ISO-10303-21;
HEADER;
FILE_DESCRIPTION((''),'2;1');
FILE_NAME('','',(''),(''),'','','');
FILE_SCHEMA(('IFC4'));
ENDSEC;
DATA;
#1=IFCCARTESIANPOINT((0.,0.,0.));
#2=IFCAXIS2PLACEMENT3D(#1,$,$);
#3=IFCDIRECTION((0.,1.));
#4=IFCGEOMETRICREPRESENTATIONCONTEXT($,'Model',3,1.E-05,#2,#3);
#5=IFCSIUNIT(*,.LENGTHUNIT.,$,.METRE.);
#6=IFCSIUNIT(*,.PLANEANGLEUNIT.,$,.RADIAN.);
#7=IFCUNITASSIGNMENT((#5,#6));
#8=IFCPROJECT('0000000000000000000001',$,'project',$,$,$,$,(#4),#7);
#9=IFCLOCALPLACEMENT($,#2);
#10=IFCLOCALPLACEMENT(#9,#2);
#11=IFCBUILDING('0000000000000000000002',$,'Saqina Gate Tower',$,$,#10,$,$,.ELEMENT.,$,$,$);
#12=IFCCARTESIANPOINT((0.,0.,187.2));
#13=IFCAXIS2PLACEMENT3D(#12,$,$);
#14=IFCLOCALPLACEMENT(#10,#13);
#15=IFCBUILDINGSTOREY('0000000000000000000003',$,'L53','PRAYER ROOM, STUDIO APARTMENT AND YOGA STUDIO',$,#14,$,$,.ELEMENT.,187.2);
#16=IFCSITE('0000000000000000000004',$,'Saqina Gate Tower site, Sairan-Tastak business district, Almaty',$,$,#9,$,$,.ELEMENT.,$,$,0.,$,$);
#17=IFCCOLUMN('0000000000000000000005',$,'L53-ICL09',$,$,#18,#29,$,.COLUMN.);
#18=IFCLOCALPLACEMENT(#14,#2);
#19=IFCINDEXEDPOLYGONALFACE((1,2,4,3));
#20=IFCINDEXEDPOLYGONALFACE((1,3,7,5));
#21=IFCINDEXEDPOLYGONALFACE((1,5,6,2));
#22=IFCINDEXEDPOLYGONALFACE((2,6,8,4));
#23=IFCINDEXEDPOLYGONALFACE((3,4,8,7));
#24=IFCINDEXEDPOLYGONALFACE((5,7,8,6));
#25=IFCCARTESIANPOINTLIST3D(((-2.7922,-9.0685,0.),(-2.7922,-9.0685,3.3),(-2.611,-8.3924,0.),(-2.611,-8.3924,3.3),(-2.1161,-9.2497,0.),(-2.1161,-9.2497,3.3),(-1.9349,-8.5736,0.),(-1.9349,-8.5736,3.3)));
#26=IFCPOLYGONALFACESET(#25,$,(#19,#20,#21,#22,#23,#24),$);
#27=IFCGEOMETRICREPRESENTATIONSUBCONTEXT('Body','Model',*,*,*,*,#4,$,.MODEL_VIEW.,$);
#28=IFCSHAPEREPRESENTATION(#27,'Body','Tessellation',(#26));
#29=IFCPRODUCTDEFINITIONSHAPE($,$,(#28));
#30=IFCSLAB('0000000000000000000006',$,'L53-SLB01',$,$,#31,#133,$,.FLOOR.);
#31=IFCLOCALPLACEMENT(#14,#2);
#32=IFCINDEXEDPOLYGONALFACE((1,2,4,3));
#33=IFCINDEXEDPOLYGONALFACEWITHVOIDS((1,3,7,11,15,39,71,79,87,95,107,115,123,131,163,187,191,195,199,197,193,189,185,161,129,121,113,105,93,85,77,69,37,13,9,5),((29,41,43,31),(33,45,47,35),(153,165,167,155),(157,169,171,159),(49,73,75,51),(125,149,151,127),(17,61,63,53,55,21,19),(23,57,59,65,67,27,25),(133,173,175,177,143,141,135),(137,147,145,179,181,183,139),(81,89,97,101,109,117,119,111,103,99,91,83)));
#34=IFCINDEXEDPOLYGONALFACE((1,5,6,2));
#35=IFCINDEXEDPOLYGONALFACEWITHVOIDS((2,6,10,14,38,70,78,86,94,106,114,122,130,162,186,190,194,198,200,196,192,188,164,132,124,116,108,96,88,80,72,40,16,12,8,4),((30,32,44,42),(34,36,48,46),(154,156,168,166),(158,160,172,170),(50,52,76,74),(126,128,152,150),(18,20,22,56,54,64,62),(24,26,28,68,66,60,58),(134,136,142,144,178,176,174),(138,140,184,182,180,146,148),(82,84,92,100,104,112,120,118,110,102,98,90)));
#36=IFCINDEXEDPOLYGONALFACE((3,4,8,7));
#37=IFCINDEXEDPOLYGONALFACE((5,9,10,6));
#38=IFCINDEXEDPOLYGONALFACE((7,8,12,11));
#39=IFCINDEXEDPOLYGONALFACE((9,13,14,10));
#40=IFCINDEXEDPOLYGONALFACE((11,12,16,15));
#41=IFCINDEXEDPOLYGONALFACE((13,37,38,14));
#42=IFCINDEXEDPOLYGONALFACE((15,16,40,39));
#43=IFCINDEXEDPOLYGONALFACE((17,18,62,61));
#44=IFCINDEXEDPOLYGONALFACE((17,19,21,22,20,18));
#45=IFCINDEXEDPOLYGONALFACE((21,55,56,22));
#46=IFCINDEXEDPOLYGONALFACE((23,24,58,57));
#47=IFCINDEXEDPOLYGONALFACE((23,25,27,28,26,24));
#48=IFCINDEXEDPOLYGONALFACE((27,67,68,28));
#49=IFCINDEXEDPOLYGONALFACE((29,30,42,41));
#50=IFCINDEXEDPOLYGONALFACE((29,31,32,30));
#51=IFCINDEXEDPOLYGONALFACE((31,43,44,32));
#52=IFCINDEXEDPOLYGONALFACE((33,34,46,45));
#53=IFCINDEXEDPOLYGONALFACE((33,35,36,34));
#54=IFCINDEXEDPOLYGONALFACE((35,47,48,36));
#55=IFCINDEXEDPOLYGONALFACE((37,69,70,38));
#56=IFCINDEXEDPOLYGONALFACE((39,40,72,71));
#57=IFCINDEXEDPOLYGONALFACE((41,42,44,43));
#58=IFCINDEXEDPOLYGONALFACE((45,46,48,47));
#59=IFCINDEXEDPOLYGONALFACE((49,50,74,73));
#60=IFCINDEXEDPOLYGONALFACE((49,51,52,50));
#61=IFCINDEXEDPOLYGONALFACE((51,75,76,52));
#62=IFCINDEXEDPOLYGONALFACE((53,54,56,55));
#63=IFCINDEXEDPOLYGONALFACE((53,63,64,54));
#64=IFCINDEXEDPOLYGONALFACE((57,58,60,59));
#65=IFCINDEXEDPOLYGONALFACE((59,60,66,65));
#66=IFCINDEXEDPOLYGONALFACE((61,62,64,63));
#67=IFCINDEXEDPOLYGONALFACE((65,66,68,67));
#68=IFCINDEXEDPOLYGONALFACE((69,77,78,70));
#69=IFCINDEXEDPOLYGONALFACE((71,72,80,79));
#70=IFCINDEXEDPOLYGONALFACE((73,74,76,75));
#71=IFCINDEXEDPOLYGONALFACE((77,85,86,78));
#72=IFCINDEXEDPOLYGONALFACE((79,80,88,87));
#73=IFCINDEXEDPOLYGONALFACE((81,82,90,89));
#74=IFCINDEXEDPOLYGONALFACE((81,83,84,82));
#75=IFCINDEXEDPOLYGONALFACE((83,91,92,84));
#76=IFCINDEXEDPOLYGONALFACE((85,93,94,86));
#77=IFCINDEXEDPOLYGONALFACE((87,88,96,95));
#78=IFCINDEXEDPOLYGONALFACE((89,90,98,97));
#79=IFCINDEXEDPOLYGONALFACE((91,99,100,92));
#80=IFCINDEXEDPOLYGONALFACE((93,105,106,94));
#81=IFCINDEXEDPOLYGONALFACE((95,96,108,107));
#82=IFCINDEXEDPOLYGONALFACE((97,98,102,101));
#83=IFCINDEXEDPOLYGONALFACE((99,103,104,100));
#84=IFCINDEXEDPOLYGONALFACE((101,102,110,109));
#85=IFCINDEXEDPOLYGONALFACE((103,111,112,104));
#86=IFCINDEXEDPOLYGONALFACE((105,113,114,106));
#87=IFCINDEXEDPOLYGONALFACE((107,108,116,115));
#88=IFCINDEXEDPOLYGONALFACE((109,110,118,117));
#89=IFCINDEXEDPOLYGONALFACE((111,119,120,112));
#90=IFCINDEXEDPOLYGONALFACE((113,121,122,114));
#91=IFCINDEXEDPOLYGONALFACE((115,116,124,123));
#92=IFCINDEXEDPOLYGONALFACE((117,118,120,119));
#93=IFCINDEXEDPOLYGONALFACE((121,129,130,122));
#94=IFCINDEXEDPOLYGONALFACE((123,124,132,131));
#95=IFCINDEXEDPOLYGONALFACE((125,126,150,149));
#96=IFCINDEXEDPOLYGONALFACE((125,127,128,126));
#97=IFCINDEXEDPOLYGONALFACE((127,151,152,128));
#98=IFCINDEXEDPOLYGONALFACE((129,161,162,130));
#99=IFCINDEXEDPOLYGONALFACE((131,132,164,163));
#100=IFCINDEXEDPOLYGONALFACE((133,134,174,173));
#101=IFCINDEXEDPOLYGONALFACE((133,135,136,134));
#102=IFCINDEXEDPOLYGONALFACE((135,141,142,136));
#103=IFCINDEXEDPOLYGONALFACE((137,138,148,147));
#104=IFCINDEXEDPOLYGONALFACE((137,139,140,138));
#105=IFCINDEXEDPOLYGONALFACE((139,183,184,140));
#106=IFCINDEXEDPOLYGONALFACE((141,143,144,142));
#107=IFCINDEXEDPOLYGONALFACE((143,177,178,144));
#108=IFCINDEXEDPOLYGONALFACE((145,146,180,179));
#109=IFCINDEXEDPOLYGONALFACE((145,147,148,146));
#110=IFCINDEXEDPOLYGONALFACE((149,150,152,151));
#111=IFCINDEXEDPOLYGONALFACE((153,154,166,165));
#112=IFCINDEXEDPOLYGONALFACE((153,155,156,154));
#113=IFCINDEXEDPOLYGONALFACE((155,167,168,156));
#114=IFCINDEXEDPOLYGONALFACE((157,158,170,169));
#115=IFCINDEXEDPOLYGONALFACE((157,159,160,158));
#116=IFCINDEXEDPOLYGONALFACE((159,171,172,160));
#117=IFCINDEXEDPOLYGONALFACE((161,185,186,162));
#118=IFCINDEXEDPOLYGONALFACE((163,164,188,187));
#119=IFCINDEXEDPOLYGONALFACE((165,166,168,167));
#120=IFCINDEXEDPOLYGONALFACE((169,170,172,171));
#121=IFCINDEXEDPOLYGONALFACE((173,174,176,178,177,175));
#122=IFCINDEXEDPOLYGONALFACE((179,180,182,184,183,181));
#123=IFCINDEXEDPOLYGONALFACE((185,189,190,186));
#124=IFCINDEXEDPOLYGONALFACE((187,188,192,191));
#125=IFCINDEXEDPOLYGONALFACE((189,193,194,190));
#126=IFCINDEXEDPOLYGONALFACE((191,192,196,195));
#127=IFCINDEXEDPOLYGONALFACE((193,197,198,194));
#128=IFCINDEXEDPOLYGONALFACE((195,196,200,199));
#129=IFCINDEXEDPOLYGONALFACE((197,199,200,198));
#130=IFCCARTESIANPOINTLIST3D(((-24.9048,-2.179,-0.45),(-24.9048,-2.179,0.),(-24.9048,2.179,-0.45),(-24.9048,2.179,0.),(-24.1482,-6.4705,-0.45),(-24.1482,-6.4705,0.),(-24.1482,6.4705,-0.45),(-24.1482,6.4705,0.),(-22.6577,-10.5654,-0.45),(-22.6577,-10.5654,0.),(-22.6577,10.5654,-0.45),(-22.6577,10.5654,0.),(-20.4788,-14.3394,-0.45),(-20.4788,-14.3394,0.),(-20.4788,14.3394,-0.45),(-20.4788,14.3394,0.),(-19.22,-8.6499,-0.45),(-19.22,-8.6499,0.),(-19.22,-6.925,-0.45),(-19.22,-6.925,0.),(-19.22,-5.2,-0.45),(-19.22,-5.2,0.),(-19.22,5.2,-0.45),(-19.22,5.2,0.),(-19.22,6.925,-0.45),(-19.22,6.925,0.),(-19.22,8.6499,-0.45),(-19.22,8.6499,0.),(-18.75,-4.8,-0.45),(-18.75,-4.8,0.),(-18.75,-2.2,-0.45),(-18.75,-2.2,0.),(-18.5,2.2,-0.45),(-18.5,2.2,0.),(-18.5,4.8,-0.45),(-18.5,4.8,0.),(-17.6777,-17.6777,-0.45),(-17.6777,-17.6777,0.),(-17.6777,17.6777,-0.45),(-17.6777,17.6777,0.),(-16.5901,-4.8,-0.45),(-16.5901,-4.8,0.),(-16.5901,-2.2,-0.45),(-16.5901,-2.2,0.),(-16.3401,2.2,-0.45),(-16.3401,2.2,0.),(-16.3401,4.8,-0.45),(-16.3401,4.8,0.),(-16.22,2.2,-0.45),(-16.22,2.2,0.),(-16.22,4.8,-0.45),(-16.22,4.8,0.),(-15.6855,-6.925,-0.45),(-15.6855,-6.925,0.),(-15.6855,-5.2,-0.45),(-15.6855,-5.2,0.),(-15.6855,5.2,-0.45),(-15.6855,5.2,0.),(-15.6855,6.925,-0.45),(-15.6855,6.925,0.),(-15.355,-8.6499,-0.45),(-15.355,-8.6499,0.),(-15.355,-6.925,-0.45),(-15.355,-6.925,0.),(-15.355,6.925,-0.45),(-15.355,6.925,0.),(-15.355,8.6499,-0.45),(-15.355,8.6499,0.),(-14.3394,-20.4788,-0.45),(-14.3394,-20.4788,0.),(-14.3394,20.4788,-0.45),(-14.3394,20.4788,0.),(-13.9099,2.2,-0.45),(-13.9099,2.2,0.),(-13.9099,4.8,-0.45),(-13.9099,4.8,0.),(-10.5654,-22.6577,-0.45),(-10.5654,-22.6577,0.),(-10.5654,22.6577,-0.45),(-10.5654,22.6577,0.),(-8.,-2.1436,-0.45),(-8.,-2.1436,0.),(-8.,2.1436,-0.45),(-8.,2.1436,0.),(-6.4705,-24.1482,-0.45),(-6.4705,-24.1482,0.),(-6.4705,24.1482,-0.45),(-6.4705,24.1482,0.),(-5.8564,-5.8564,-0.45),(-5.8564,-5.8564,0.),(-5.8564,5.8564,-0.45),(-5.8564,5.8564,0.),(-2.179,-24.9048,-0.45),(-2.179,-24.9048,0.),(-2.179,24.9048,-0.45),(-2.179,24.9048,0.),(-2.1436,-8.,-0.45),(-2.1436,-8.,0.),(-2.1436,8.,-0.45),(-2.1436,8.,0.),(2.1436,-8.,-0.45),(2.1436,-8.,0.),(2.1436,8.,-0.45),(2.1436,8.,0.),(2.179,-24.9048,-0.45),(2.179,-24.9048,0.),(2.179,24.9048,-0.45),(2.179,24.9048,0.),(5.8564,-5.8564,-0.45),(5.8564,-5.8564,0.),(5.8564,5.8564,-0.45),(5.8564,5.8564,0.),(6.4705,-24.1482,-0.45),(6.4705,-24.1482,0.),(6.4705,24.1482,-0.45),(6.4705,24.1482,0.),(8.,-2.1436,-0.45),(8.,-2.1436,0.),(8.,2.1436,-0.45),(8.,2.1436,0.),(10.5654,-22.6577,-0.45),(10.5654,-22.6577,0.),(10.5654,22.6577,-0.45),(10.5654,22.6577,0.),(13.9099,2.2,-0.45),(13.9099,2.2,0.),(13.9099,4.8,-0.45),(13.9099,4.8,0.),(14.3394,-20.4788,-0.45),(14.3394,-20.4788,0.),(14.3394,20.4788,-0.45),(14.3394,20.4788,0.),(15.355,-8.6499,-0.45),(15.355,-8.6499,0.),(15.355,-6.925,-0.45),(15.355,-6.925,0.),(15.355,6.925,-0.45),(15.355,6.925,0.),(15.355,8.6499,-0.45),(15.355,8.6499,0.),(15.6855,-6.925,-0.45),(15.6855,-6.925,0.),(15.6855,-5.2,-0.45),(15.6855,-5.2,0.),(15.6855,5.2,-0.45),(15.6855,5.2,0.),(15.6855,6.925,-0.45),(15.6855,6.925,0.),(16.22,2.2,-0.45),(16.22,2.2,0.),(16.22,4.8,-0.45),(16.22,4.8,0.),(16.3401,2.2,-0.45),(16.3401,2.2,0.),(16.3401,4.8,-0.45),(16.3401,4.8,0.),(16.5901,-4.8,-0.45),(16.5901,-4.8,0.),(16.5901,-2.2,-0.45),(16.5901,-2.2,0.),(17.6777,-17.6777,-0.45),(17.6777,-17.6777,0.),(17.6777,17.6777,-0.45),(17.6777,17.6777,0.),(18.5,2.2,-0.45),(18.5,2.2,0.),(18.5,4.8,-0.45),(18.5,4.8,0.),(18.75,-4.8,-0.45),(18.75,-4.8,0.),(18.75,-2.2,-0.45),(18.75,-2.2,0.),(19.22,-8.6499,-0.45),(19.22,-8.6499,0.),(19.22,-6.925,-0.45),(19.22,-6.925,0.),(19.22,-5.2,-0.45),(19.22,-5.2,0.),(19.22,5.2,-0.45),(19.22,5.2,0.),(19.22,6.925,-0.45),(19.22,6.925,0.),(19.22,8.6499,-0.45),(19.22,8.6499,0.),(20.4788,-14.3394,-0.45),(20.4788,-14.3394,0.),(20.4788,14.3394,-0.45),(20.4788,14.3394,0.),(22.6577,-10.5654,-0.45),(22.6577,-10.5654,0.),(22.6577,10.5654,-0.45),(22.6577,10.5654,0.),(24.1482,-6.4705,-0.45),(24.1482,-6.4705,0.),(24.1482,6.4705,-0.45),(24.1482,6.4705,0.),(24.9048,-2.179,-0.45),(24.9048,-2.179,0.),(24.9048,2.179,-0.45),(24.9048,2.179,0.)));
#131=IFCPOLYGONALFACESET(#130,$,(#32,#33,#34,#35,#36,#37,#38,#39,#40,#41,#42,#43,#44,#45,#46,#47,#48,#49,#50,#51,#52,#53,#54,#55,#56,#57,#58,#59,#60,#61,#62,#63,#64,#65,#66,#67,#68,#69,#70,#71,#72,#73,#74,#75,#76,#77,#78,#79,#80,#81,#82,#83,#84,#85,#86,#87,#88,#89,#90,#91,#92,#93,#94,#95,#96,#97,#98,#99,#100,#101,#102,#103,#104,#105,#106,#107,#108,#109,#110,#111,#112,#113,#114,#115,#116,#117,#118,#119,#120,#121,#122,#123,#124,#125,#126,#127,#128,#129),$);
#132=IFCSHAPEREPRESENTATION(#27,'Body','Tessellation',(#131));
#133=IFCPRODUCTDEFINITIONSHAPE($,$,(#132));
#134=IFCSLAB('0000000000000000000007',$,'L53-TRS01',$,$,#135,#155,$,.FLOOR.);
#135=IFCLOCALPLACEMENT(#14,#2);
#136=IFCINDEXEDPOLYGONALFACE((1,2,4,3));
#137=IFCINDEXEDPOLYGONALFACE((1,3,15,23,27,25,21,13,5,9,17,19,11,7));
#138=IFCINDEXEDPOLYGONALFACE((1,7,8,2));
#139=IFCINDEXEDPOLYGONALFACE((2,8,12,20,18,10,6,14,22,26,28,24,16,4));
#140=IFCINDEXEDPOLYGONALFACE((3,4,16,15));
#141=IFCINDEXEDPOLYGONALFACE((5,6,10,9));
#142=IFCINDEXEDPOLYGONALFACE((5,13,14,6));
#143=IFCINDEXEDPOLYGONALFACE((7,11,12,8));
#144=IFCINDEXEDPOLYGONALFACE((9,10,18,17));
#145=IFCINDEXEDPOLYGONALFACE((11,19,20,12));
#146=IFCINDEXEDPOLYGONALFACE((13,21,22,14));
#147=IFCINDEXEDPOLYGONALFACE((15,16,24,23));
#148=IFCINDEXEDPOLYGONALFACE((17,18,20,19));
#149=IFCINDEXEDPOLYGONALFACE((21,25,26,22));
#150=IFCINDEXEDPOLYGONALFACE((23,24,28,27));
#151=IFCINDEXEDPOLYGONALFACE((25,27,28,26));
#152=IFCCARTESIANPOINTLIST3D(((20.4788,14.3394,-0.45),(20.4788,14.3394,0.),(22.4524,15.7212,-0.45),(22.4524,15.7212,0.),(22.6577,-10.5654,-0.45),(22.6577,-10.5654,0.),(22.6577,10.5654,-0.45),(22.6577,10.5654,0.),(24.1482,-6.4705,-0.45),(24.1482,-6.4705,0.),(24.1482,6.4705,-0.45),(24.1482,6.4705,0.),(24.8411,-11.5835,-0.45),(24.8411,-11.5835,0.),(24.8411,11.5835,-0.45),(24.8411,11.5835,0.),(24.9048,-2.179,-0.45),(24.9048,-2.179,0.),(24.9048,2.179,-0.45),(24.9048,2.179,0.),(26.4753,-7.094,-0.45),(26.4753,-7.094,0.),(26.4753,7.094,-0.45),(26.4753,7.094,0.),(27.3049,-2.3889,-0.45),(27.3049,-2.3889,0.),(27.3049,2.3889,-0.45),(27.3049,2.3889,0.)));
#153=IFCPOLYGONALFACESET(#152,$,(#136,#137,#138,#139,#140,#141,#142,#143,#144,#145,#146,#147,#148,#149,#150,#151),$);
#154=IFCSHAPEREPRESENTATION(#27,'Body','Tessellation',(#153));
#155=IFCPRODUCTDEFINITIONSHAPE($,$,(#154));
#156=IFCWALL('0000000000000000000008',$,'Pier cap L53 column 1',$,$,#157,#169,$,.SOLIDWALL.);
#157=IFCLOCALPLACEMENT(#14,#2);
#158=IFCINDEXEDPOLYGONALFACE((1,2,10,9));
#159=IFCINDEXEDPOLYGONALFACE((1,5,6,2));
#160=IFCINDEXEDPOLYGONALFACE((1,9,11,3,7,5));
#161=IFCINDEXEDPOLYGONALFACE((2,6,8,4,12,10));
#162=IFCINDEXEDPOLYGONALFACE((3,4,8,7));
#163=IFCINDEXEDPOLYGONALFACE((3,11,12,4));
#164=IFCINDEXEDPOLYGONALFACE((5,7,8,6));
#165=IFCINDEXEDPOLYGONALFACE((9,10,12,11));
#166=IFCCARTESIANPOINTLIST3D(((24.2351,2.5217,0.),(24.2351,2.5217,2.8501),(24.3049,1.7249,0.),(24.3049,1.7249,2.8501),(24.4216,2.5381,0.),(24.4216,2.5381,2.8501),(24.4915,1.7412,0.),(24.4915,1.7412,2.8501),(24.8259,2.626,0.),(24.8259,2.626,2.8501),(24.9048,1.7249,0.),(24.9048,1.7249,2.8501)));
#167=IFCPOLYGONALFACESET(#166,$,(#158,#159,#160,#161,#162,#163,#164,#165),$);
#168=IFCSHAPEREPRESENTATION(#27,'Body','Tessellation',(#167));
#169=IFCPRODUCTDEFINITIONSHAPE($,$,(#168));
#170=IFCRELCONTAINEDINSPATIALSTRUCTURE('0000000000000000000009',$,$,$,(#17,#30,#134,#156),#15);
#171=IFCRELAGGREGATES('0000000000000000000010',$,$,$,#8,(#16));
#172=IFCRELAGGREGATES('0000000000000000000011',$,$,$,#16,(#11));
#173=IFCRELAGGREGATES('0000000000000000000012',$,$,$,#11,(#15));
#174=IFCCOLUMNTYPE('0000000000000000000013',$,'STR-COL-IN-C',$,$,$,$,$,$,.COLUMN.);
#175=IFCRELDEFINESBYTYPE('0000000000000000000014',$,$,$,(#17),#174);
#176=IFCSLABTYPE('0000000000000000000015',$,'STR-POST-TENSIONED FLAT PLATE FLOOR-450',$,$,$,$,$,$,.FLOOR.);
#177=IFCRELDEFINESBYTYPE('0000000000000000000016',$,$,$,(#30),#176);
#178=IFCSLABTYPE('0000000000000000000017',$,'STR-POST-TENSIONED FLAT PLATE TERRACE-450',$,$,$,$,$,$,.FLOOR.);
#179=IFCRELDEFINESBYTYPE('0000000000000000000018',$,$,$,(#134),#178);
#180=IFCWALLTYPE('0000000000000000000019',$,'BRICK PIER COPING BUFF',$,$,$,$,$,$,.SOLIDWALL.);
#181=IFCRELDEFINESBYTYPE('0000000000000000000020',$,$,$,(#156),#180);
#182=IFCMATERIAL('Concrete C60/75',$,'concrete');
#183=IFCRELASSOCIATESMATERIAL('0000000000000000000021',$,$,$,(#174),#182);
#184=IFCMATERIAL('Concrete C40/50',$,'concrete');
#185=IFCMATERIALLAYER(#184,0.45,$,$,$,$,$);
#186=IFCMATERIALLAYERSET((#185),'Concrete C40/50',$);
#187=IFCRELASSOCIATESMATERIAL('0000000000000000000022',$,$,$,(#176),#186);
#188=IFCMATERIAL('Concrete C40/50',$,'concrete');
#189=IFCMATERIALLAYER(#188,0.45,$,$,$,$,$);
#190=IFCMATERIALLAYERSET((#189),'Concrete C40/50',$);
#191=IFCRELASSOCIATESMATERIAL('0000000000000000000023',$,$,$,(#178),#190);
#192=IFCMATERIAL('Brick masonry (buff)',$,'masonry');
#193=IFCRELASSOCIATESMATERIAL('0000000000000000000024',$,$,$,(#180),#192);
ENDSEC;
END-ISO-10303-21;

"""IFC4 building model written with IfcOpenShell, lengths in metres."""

from ifc_helpers import new_model, si_unit, direction, frame, origin, origin_2d, place, context, subcontext, project, spatial, polyline, rectangle, outline, extrude, material, layer, layer_set, material_profile, profile_set, type_object, element, save


model = new_model("IFC4")

# Units and contexts
model_context = context("Model", 3, precision=1e-05, world=origin(), true_north=direction((0.0, 1.0)))
body_context = subcontext(model_context, "Body", "Model", "MODEL_VIEW")
ifc_project = project(units=[si_unit("LENGTHUNIT", "METRE"), si_unit("PLANEANGLEUNIT", "RADIAN")], contexts=[model_context])

# Site, building, storey
site_placement = place(None, origin())
site = spatial("IfcSite", under=ifc_project, at=site_placement, Name="Saqina Gate Tower site, Sairan-Tastak business district, Almaty", CompositionType="ELEMENT", RefElevation=0.0)
building_placement = place(site_placement, origin())
building = spatial("IfcBuilding", under=site, at=building_placement, Name="Saqina Gate Tower", CompositionType="ELEMENT")
storey_placement = place(building_placement, frame((0.0, 0.0, 187.2)))
storey = spatial("IfcBuildingStorey", under=building, at=storey_placement, Name="L53", Description="PRAYER ROOM, STUDIO APARTMENT AND YOGA STUDIO", CompositionType="ELEMENT", Elevation=187.2)

# Column
ifc_material_1 = material(Name="Concrete C60/75", Category="concrete")
ifc_material_profile = material_profile(ifc_material_1, rectangle(XDim=0.7, YDim=0.7, at=origin_2d()), Name="RC 700x700")
ifc_profile_set = profile_set([ifc_material_profile], Name="Concrete C60/75")
column_type = type_object("IfcColumnType", Name="STR-COL-IN-C", PredefinedType="COLUMN", material=ifc_profile_set)
column_placement = place(storey_placement, frame((-2.3635, -8.821, 0.0), z_axis=(0.0, 0.0, 1.0), x_axis=(-0.258819, -0.965926, 0.0)))
element("IfcColumn", 1, at=column_placement, inside=storey, type_object=column_type, Name="L53-ICL09", PredefinedType="COLUMN", context=body_context, shape_type="SweptSolid", body=[
    extrude(rectangle(XDim=0.7, YDim=0.7, at=origin_2d()), origin(), (0.0, 0.0, 1.0), 3.3),
])

# Slabs
ifc_material_2 = material(Name="Concrete C40/50", Category="concrete")
ifc_layer_1 = layer(ifc_material_2, 0.45)
ifc_layer_set_1 = layer_set([ifc_layer_1], Name="Concrete C40/50")
slab_type_1 = type_object("IfcSlabType", Name="STR-POST-TENSIONED FLAT PLATE FLOOR-450", PredefinedType="FLOOR", material=ifc_layer_set_1)
slab_1_placement = place(storey_placement, frame((0.0, 0.0, -0.45)))
element("IfcSlab", 2, at=slab_1_placement, inside=storey, type_object=slab_type_1, Name="L53-SLB01", PredefinedType="FLOOR", context=body_context, shape_type="SweptSolid", body=[
    extrude(outline(polyline([(24.1482, -6.4705), (24.9048, -2.179), (24.9048, 2.179), (24.1482, 6.4705), (22.6577, 10.5654), (20.4788, 14.3394), (17.6777, 17.6777), (14.3394, 20.4788), (10.5654, 22.6577), (6.4705, 24.1482), (2.179, 24.9048), (-2.179, 24.9048), (-6.4705, 24.1482), (-10.5654, 22.6577), (-14.3394, 20.4788), (-17.6777, 17.6777), (-20.4788, 14.3394), (-22.6577, 10.5654), (-24.1482, 6.4705), (-24.9048, 2.179), (-24.9048, -2.179), (-24.1482, -6.4705), (-22.6577, -10.5654), (-20.4788, -14.3394), (-17.6777, -17.6777), (-14.3394, -20.4788), (-10.5654, -22.6577), (-6.4705, -24.1482), (-2.179, -24.9048), (2.179, -24.9048), (6.4705, -24.1482), (10.5654, -22.6577), (14.3394, -20.4788), (17.6777, -17.6777), (20.4788, -14.3394), (22.6577, -10.5654), (24.1482, -6.4705)]), holes=[polyline([(2.1436, 8.0), (5.8564, 5.8564), (8.0, 2.1436), (8.0, -2.1436), (5.8564, -5.8564), (2.1436, -8.0), (-2.1436, -8.0), (-5.8564, -5.8564), (-8.0, -2.1436), (-8.0, 2.1436), (-5.8564, 5.8564), (-2.1436, 8.0), (2.1436, 8.0)]), polyline([(-15.355, -8.6499), (-19.22, -8.6499), (-19.22, -6.925), (-19.22, -5.2), (-15.6855, -5.2), (-15.6855, -6.925), (-15.355, -6.925), (-15.355, -8.6499)]), polyline([(-16.5901, -2.2), (-16.5901, -4.8), (-18.75, -4.8), (-18.75, -2.2), (-16.5901, -2.2)]), polyline([(-16.3401, 4.8), (-16.3401, 2.2), (-18.5, 2.2), (-18.5, 4.8), (-16.3401, 4.8)]), polyline([(-13.9099, 4.8), (-13.9099, 2.2), (-16.22, 2.2), (-16.22, 4.8), (-13.9099, 4.8)]), polyline([(-19.22, 6.925), (-19.22, 8.6499), (-15.355, 8.6499), (-15.355, 6.925), (-15.6855, 6.925), (-15.6855, 5.2), (-19.22, 5.2), (-19.22, 6.925)]), polyline([(15.355, -8.6499), (15.355, -6.925), (15.6855, -6.925), (15.6855, -5.2), (19.22, -5.2), (19.22, -6.925), (19.22, -8.6499), (15.355, -8.6499)]), polyline([(18.75, -2.2), (18.75, -4.8), (16.5901, -4.8), (16.5901, -2.2), (18.75, -2.2)]), polyline([(16.22, 4.8), (16.22, 2.2), (13.9099, 2.2), (13.9099, 4.8), (16.22, 4.8)]), polyline([(18.5, 4.8), (18.5, 2.2), (16.3401, 2.2), (16.3401, 4.8), (18.5, 4.8)]), polyline([(15.6855, 6.925), (15.355, 6.925), (15.355, 8.6499), (19.22, 8.6499), (19.22, 6.925), (19.22, 5.2), (15.6855, 5.2), (15.6855, 6.925)])]), origin(), (0.0, 0.0, 1.0), 0.45),
])
ifc_material_3 = material(Name="Concrete C40/50", Category="concrete")
ifc_layer_2 = layer(ifc_material_3, 0.45)
ifc_layer_set_2 = layer_set([ifc_layer_2], Name="Concrete C40/50")
slab_type_2 = type_object("IfcSlabType", Name="STR-POST-TENSIONED FLAT PLATE TERRACE-450", PredefinedType="FLOOR", material=ifc_layer_set_2)
slab_2_placement = place(storey_placement, frame((0.0, 0.0, -0.45)))
element("IfcSlab", 3, at=slab_2_placement, inside=storey, type_object=slab_type_2, Name="L53-TRS01", PredefinedType="FLOOR", context=body_context, shape_type="SweptSolid", body=[
    extrude(outline(polyline([(22.6577, -10.5654), (24.1482, -6.4705), (24.9048, -2.179), (24.9048, 2.179), (24.1482, 6.4705), (22.6577, 10.5654), (20.4788, 14.3394), (22.4524, 15.7212), (24.8411, 11.5835), (26.4753, 7.094), (27.3049, 2.3889), (27.3049, -2.3889), (26.4753, -7.094), (24.8411, -11.5835), (22.6577, -10.5654)])), origin(), (0.0, 0.0, 1.0), 0.45),
])

# Wall
ifc_material_4 = material(Name="Brick masonry (buff)", Category="masonry")
wall_type_1 = type_object("IfcWallType", Name="BRICK PIER COPING BUFF", PredefinedType="SOLIDWALL", material=ifc_material_4)
wall_1_placement = place(storey_placement, origin())
element("IfcWall", 4, at=wall_1_placement, inside=storey, type_object=wall_type_1, Name="Pier cap L53 column 1", PredefinedType="SOLIDWALL", context=body_context, shape_type="SweptSolid", body=[
    extrude(outline(polyline([(24.9048, 1.7249), (24.8259, 2.626), (24.2351, 2.5217), (24.4216, 2.5381), (24.4915, 1.7412), (24.3049, 1.7249), (24.9048, 1.7249)])), origin(), (0.0, 0.0, 1.0), 2.8501),
])

save(model, "model.ifc")
